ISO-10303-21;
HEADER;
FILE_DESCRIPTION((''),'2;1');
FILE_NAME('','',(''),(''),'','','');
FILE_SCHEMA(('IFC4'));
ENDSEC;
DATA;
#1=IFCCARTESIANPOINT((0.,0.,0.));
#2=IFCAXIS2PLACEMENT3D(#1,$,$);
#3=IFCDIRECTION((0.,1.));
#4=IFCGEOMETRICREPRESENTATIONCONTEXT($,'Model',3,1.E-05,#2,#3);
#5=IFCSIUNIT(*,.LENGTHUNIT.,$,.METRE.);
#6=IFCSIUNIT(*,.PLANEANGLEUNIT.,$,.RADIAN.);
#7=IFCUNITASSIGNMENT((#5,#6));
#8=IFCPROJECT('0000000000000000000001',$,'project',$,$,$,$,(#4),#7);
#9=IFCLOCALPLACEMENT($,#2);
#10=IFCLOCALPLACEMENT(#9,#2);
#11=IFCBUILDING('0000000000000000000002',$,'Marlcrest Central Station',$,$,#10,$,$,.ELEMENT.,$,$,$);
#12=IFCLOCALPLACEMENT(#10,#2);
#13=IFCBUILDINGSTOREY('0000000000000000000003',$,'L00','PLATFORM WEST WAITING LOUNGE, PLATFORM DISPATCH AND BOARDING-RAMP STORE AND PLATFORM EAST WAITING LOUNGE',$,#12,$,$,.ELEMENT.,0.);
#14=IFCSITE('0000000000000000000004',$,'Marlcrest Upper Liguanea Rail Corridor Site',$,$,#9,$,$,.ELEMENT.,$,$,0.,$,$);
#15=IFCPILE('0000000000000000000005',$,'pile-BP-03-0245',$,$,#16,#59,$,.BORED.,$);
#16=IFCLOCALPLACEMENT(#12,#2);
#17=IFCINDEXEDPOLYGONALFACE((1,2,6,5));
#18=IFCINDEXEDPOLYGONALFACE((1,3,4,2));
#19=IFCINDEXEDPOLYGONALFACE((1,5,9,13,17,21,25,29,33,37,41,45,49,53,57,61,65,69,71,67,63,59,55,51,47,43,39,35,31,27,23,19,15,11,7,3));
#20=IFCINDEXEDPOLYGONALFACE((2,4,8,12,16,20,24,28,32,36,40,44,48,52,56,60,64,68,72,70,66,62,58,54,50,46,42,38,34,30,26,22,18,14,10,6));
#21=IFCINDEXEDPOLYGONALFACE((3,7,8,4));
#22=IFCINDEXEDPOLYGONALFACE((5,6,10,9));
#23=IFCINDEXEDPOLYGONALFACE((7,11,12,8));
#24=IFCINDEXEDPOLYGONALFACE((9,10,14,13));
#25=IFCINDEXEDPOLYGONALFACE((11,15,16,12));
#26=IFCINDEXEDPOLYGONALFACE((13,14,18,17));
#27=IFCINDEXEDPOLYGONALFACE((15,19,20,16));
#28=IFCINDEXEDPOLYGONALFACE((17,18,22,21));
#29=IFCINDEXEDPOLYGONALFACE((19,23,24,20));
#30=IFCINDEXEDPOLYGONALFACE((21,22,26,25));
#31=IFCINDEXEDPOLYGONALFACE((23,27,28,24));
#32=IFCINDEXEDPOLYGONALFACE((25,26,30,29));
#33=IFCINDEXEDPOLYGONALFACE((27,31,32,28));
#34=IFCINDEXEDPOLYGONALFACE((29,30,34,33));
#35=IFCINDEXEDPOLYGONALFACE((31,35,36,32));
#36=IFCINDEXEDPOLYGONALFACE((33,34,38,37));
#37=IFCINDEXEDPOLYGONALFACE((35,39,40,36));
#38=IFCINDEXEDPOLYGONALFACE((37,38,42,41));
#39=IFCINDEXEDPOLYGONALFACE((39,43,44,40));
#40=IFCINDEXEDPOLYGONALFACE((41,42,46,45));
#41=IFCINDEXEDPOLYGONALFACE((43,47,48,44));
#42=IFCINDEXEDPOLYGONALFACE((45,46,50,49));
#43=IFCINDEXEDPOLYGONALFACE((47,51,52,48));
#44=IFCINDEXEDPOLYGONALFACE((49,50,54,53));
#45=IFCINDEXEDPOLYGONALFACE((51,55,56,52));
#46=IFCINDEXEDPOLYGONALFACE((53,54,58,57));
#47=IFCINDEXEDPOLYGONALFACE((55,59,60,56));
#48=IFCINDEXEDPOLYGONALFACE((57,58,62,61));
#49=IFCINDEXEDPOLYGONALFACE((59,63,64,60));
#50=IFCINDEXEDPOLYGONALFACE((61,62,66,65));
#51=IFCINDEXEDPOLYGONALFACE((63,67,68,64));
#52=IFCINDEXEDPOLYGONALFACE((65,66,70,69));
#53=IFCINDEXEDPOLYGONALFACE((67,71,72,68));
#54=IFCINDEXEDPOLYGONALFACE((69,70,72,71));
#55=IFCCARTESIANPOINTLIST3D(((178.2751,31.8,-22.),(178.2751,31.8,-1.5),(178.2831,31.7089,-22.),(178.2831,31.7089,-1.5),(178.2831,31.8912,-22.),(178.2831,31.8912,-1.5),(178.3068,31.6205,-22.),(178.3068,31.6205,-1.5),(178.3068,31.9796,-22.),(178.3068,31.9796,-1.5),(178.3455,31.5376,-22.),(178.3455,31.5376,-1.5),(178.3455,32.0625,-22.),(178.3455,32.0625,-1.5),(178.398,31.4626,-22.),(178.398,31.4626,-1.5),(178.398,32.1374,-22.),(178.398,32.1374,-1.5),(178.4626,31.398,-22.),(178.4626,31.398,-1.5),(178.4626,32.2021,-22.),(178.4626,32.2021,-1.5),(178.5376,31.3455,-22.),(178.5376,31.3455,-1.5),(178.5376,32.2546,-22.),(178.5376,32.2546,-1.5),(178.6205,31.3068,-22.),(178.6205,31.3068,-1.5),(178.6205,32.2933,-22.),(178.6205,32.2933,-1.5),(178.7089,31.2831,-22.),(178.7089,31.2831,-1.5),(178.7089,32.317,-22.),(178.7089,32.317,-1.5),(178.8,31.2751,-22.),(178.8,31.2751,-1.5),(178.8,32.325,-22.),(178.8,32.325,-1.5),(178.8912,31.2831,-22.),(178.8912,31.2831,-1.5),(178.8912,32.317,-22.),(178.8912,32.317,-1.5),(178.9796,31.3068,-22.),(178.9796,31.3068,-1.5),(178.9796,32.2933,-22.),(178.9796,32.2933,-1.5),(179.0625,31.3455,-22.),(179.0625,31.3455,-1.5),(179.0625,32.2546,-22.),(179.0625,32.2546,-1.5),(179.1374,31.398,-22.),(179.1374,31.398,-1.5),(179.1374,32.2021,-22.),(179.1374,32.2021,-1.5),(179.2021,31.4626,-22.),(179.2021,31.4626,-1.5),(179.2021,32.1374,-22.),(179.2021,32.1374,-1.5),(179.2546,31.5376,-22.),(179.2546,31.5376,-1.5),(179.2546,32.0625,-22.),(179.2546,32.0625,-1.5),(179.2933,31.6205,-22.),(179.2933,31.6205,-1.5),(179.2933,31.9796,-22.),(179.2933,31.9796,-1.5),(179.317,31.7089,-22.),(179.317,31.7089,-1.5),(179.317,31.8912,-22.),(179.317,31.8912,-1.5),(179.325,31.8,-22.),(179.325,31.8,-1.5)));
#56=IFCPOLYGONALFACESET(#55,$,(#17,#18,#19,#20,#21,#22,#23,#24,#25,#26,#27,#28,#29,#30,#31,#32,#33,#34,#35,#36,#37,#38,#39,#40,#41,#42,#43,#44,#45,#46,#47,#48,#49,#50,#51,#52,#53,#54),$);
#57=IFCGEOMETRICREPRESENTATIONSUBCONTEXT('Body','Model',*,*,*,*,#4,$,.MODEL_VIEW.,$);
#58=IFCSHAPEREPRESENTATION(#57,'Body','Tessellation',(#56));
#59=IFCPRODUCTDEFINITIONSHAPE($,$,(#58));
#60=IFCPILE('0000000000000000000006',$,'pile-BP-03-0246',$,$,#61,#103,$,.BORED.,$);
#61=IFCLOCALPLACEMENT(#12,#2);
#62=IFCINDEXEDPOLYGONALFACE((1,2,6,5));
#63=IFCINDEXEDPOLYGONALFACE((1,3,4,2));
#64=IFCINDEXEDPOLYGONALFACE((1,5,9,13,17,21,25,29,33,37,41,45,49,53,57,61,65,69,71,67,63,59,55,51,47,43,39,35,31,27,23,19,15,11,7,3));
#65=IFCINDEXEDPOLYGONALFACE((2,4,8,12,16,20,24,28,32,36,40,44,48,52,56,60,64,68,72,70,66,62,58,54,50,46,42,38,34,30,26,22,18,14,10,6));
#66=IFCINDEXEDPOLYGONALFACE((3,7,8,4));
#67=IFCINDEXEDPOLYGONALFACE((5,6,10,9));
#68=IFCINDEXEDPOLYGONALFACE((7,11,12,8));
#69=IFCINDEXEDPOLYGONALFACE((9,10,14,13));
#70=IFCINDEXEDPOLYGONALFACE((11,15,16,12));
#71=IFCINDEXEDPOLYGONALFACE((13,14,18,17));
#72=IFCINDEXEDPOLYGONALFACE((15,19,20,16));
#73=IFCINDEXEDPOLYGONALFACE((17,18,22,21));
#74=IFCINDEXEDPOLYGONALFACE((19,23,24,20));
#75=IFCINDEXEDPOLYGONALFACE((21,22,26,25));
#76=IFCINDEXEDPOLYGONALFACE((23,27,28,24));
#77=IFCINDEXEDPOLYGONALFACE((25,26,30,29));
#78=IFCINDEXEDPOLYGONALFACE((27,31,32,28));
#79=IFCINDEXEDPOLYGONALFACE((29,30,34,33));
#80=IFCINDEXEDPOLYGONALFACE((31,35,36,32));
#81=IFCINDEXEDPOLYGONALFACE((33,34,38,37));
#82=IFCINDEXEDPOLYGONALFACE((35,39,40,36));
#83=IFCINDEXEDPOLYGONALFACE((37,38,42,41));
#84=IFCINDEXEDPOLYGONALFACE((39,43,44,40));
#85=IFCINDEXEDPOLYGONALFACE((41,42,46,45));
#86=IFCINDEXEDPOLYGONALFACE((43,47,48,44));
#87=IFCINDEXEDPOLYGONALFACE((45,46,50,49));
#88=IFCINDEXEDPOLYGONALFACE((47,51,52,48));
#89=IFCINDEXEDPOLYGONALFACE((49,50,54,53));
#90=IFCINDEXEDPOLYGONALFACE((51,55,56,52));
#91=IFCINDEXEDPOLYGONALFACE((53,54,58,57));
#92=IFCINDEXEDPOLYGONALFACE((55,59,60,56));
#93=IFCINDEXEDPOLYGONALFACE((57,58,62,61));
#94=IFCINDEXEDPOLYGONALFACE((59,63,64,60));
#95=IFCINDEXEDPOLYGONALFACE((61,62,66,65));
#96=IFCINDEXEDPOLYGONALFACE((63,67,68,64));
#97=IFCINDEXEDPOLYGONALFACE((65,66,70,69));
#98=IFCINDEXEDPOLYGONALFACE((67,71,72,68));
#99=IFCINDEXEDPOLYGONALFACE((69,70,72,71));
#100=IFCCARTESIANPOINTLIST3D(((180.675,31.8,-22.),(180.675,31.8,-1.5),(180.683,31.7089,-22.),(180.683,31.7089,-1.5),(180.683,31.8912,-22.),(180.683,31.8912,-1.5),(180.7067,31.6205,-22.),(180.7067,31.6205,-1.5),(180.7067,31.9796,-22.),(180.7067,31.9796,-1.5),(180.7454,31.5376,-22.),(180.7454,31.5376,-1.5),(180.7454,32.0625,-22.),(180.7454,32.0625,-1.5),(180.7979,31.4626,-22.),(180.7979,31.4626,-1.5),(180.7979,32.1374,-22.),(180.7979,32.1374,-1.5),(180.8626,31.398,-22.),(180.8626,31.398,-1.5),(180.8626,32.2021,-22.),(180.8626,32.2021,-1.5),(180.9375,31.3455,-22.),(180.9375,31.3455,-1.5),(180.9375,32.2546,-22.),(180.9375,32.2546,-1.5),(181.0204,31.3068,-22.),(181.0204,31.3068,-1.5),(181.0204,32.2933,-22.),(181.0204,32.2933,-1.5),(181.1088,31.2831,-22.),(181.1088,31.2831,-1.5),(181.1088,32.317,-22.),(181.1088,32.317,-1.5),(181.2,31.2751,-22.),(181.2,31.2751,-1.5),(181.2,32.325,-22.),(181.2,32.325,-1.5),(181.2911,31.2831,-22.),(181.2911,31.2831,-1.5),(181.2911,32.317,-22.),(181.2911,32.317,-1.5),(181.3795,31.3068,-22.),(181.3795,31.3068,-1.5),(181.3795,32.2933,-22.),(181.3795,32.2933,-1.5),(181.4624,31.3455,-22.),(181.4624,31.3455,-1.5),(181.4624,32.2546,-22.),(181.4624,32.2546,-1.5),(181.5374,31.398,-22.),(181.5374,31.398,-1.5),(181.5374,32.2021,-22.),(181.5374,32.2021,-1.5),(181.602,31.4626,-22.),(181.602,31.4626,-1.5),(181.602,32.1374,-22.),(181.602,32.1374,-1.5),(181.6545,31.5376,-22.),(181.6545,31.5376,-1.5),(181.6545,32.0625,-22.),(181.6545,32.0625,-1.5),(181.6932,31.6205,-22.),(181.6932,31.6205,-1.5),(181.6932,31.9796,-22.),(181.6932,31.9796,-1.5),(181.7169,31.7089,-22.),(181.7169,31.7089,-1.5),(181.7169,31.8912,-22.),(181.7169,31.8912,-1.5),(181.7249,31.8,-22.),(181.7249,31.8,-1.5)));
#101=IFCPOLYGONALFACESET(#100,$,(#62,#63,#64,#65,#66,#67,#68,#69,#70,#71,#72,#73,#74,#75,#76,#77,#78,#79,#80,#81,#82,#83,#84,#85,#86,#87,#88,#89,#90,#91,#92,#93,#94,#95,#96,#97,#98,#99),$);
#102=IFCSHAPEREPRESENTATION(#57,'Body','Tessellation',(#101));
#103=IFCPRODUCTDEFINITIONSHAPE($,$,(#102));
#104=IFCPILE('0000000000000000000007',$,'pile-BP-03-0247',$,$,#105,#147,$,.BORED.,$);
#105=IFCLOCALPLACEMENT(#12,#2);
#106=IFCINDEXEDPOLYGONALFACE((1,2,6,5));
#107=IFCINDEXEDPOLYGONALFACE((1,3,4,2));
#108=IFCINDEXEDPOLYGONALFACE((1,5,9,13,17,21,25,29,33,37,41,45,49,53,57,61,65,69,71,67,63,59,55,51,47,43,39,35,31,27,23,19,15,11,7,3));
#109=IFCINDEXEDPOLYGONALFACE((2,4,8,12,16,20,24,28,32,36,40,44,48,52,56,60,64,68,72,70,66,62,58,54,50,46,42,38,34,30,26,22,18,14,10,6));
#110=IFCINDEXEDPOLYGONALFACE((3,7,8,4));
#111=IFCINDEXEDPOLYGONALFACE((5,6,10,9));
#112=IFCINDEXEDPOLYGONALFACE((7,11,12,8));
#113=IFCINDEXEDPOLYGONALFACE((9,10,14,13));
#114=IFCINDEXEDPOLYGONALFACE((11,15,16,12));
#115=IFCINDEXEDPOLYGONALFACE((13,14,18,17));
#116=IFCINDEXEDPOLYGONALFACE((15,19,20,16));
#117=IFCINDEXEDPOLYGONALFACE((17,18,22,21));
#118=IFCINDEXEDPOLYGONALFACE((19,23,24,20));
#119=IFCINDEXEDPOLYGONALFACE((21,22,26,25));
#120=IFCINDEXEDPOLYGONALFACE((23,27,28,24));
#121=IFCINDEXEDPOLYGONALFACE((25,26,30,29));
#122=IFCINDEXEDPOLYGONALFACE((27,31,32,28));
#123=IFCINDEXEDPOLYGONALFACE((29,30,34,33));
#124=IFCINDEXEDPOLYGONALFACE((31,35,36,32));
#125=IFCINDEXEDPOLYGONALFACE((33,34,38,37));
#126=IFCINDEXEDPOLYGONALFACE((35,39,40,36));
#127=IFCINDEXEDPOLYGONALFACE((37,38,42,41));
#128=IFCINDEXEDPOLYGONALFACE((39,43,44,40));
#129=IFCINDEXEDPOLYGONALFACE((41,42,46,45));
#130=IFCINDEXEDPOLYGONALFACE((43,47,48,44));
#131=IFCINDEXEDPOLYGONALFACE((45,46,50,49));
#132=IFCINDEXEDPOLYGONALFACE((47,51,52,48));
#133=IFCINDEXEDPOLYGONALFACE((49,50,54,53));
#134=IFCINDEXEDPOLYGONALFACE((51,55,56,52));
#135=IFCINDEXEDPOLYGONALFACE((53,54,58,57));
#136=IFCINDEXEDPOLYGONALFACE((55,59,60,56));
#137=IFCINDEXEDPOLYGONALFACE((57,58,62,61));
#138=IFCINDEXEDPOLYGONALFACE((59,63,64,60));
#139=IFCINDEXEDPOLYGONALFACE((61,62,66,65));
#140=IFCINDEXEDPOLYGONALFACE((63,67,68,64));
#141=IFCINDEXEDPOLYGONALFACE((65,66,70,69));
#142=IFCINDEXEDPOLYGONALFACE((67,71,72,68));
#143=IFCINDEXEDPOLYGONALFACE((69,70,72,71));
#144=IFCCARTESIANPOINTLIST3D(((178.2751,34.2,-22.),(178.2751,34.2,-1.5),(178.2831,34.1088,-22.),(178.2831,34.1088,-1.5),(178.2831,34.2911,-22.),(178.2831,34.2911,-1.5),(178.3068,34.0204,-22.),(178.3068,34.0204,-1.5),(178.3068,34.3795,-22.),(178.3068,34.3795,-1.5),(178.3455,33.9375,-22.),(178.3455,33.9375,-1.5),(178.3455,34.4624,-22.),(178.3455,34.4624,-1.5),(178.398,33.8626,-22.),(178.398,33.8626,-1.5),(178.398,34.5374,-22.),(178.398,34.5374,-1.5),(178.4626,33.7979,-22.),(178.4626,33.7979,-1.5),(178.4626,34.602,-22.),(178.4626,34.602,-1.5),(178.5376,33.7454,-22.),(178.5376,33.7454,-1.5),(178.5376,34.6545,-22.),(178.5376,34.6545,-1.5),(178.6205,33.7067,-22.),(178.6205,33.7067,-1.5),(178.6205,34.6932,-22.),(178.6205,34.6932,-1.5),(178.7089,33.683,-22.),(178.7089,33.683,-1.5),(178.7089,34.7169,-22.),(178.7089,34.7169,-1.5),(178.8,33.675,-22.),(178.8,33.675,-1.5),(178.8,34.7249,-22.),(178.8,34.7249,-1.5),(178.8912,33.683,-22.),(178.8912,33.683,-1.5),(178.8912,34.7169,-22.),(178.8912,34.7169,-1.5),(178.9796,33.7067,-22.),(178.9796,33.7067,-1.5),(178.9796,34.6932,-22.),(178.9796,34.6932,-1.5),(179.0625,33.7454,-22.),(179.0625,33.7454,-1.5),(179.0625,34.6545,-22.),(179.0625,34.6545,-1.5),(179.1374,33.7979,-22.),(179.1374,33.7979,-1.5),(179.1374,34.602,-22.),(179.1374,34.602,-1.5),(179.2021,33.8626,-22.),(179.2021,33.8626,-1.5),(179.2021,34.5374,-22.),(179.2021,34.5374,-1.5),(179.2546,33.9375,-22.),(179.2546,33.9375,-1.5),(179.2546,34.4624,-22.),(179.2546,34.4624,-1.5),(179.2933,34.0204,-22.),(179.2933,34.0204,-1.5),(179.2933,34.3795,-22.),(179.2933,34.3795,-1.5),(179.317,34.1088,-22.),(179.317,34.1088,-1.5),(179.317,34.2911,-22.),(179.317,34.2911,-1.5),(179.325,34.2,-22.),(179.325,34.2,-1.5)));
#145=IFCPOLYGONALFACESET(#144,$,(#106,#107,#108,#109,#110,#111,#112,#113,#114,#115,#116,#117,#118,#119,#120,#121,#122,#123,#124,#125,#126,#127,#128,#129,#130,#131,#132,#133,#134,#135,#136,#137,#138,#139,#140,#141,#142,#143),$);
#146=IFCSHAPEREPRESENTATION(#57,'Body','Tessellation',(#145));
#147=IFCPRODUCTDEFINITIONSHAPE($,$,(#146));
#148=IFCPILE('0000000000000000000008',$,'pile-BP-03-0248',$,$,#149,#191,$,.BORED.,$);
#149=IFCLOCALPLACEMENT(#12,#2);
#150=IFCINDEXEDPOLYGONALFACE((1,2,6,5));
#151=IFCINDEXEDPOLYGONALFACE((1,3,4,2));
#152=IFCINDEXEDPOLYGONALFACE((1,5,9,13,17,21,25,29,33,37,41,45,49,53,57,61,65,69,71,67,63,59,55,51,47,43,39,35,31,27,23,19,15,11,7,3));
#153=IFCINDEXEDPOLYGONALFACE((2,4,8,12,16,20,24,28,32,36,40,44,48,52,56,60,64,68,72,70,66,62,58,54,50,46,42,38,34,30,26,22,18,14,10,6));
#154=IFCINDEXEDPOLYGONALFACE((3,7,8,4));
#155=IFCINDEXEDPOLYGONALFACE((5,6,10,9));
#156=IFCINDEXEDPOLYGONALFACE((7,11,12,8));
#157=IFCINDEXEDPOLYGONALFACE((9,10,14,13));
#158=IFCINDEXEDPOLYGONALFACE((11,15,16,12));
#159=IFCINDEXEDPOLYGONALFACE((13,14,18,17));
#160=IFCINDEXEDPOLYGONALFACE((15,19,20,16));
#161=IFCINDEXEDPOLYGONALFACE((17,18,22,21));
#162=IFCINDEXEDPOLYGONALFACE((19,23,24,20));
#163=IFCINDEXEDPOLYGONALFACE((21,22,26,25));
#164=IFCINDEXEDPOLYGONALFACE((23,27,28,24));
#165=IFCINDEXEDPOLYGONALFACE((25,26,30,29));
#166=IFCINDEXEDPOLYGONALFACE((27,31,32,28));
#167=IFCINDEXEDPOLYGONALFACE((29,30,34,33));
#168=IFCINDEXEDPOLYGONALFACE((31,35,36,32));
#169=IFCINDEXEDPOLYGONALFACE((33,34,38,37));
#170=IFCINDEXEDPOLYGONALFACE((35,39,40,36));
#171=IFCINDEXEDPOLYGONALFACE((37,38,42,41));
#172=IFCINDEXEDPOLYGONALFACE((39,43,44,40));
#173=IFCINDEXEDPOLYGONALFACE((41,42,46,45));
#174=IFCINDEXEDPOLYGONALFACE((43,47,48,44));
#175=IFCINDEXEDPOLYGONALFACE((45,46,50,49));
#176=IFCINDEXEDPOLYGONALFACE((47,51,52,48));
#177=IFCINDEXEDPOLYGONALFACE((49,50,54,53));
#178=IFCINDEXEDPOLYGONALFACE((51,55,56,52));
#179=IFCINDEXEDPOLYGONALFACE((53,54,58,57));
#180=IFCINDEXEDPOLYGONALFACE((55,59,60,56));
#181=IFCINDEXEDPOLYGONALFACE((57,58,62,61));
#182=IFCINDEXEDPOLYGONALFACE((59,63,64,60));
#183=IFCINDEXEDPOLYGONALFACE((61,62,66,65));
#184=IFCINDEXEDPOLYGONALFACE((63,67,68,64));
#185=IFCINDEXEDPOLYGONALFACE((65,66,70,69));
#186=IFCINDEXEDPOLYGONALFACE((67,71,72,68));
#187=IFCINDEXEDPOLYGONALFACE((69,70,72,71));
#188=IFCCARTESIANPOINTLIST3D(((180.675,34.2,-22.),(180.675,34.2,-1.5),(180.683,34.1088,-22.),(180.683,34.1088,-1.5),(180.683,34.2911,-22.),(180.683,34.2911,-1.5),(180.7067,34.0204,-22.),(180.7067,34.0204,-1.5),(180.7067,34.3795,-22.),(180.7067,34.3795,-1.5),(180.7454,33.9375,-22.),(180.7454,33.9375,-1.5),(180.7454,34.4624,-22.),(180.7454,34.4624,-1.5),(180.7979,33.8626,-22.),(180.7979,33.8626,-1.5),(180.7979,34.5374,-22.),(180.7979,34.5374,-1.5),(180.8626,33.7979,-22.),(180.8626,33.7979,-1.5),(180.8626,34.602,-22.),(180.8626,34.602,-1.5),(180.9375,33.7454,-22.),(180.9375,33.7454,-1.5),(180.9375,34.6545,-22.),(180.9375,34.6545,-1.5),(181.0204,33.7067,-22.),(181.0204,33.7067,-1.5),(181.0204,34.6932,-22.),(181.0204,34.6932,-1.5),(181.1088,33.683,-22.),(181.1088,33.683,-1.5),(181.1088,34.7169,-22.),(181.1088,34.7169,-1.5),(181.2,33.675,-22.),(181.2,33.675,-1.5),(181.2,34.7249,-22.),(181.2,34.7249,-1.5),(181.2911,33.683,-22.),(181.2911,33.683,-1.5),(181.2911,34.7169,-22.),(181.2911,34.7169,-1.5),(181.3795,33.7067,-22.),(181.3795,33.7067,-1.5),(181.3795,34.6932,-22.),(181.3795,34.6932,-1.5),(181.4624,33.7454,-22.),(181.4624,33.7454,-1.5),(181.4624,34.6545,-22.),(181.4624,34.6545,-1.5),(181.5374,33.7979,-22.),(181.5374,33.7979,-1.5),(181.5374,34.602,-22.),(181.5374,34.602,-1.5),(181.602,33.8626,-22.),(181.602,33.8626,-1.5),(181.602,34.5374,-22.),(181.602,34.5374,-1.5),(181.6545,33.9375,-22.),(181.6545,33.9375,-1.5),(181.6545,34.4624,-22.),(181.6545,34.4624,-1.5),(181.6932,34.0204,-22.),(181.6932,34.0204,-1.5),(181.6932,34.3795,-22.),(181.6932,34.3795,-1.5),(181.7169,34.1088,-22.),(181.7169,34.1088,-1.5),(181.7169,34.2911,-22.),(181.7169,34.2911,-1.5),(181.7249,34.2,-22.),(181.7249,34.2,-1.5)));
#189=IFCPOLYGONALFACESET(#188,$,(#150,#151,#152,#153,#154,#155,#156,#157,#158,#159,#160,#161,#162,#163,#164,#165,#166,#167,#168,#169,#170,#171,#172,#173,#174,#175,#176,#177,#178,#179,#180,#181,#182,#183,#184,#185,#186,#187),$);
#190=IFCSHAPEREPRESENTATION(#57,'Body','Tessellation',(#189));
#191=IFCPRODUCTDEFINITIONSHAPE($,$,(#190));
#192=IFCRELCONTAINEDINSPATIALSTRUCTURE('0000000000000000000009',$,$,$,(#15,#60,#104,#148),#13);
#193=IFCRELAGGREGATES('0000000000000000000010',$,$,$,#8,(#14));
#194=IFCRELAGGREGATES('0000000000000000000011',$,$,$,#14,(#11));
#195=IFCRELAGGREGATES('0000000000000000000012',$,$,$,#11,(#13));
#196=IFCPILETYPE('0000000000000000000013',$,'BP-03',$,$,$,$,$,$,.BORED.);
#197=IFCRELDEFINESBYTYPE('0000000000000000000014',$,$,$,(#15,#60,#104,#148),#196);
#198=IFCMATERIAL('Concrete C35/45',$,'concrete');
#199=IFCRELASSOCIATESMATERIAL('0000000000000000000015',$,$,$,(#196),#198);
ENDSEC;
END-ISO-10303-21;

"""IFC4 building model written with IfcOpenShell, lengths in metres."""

from ifc_helpers import new_model, si_unit, direction, frame, origin, origin_2d, place, context, subcontext, project, spatial, circle, extrude, material, material_profile, profile_set, type_object, element, save


model = new_model("IFC4")

# Units and contexts
model_context = context("Model", 3, precision=1e-05, world=origin(), true_north=direction((0.0, 1.0)))
body_context = subcontext(model_context, "Body", "Model", "MODEL_VIEW")
ifc_project = project(units=[si_unit("LENGTHUNIT", "METRE"), si_unit("PLANEANGLEUNIT", "RADIAN")], contexts=[model_context])

# Site, building, storey
site_placement = place(None, origin())
site = spatial("IfcSite", under=ifc_project, at=site_placement, Name="Marlcrest Upper Liguanea Rail Corridor Site", CompositionType="ELEMENT", RefElevation=0.0)
building_placement = place(site_placement, origin())
building = spatial("IfcBuilding", under=site, at=building_placement, Name="Marlcrest Central Station", CompositionType="ELEMENT")
storey_placement = place(building_placement, origin())
storey = spatial("IfcBuildingStorey", under=building, at=storey_placement, Name="L00", Description="PLATFORM WEST WAITING LOUNGE, PLATFORM DISPATCH AND BOARDING-RAMP STORE AND PLATFORM EAST WAITING LOUNGE", CompositionType="ELEMENT", Elevation=0.0)

# Piles
ifc_material_1 = material(Name="Concrete C35/45", Category="concrete")
ifc_material_profile_1 = material_profile(ifc_material_1, circle(Radius=0.5249, at=origin_2d()), Name="PILE D1050")
ifc_profile_set_1 = profile_set([ifc_material_profile_1], Name="Concrete C35/45")
pile_type = type_object("IfcPileType", Name="BP-03", PredefinedType="BORED", material=ifc_profile_set_1)
for number, where, z_axis, x_axis, name in (
    (1, (178.8, 31.8, -1.5), (0.0, 0.0, -1.0), (1.0, 0.0, 0.0), "pile-BP-03-0245"),
    (2, (181.2, 31.8, -1.5), (0.0, 0.0, -1.0), (1.0, 0.0, 0.0), "pile-BP-03-0246"),
    (3, (178.8, 34.2, -1.5), (0.0, 0.0, -1.0), (1.0, 0.0, 0.0), "pile-BP-03-0247"),
    (4, (181.2, 34.2, -1.5), (0.0, 0.0, -1.0), (1.0, 0.0, 0.0), "pile-BP-03-0248"),
):
    element("IfcPile", number, at=place(storey_placement, frame(where, z_axis=z_axis, x_axis=x_axis)), inside=storey, type_object=pile_type, Name=name, PredefinedType="BORED", context=body_context, shape_type="SweptSolid", body=[
        extrude(circle(Radius=0.5249, at=origin_2d()), origin(), (0.0, 0.0, 1.0), 20.5),
    ])

save(model, "model.ifc")
